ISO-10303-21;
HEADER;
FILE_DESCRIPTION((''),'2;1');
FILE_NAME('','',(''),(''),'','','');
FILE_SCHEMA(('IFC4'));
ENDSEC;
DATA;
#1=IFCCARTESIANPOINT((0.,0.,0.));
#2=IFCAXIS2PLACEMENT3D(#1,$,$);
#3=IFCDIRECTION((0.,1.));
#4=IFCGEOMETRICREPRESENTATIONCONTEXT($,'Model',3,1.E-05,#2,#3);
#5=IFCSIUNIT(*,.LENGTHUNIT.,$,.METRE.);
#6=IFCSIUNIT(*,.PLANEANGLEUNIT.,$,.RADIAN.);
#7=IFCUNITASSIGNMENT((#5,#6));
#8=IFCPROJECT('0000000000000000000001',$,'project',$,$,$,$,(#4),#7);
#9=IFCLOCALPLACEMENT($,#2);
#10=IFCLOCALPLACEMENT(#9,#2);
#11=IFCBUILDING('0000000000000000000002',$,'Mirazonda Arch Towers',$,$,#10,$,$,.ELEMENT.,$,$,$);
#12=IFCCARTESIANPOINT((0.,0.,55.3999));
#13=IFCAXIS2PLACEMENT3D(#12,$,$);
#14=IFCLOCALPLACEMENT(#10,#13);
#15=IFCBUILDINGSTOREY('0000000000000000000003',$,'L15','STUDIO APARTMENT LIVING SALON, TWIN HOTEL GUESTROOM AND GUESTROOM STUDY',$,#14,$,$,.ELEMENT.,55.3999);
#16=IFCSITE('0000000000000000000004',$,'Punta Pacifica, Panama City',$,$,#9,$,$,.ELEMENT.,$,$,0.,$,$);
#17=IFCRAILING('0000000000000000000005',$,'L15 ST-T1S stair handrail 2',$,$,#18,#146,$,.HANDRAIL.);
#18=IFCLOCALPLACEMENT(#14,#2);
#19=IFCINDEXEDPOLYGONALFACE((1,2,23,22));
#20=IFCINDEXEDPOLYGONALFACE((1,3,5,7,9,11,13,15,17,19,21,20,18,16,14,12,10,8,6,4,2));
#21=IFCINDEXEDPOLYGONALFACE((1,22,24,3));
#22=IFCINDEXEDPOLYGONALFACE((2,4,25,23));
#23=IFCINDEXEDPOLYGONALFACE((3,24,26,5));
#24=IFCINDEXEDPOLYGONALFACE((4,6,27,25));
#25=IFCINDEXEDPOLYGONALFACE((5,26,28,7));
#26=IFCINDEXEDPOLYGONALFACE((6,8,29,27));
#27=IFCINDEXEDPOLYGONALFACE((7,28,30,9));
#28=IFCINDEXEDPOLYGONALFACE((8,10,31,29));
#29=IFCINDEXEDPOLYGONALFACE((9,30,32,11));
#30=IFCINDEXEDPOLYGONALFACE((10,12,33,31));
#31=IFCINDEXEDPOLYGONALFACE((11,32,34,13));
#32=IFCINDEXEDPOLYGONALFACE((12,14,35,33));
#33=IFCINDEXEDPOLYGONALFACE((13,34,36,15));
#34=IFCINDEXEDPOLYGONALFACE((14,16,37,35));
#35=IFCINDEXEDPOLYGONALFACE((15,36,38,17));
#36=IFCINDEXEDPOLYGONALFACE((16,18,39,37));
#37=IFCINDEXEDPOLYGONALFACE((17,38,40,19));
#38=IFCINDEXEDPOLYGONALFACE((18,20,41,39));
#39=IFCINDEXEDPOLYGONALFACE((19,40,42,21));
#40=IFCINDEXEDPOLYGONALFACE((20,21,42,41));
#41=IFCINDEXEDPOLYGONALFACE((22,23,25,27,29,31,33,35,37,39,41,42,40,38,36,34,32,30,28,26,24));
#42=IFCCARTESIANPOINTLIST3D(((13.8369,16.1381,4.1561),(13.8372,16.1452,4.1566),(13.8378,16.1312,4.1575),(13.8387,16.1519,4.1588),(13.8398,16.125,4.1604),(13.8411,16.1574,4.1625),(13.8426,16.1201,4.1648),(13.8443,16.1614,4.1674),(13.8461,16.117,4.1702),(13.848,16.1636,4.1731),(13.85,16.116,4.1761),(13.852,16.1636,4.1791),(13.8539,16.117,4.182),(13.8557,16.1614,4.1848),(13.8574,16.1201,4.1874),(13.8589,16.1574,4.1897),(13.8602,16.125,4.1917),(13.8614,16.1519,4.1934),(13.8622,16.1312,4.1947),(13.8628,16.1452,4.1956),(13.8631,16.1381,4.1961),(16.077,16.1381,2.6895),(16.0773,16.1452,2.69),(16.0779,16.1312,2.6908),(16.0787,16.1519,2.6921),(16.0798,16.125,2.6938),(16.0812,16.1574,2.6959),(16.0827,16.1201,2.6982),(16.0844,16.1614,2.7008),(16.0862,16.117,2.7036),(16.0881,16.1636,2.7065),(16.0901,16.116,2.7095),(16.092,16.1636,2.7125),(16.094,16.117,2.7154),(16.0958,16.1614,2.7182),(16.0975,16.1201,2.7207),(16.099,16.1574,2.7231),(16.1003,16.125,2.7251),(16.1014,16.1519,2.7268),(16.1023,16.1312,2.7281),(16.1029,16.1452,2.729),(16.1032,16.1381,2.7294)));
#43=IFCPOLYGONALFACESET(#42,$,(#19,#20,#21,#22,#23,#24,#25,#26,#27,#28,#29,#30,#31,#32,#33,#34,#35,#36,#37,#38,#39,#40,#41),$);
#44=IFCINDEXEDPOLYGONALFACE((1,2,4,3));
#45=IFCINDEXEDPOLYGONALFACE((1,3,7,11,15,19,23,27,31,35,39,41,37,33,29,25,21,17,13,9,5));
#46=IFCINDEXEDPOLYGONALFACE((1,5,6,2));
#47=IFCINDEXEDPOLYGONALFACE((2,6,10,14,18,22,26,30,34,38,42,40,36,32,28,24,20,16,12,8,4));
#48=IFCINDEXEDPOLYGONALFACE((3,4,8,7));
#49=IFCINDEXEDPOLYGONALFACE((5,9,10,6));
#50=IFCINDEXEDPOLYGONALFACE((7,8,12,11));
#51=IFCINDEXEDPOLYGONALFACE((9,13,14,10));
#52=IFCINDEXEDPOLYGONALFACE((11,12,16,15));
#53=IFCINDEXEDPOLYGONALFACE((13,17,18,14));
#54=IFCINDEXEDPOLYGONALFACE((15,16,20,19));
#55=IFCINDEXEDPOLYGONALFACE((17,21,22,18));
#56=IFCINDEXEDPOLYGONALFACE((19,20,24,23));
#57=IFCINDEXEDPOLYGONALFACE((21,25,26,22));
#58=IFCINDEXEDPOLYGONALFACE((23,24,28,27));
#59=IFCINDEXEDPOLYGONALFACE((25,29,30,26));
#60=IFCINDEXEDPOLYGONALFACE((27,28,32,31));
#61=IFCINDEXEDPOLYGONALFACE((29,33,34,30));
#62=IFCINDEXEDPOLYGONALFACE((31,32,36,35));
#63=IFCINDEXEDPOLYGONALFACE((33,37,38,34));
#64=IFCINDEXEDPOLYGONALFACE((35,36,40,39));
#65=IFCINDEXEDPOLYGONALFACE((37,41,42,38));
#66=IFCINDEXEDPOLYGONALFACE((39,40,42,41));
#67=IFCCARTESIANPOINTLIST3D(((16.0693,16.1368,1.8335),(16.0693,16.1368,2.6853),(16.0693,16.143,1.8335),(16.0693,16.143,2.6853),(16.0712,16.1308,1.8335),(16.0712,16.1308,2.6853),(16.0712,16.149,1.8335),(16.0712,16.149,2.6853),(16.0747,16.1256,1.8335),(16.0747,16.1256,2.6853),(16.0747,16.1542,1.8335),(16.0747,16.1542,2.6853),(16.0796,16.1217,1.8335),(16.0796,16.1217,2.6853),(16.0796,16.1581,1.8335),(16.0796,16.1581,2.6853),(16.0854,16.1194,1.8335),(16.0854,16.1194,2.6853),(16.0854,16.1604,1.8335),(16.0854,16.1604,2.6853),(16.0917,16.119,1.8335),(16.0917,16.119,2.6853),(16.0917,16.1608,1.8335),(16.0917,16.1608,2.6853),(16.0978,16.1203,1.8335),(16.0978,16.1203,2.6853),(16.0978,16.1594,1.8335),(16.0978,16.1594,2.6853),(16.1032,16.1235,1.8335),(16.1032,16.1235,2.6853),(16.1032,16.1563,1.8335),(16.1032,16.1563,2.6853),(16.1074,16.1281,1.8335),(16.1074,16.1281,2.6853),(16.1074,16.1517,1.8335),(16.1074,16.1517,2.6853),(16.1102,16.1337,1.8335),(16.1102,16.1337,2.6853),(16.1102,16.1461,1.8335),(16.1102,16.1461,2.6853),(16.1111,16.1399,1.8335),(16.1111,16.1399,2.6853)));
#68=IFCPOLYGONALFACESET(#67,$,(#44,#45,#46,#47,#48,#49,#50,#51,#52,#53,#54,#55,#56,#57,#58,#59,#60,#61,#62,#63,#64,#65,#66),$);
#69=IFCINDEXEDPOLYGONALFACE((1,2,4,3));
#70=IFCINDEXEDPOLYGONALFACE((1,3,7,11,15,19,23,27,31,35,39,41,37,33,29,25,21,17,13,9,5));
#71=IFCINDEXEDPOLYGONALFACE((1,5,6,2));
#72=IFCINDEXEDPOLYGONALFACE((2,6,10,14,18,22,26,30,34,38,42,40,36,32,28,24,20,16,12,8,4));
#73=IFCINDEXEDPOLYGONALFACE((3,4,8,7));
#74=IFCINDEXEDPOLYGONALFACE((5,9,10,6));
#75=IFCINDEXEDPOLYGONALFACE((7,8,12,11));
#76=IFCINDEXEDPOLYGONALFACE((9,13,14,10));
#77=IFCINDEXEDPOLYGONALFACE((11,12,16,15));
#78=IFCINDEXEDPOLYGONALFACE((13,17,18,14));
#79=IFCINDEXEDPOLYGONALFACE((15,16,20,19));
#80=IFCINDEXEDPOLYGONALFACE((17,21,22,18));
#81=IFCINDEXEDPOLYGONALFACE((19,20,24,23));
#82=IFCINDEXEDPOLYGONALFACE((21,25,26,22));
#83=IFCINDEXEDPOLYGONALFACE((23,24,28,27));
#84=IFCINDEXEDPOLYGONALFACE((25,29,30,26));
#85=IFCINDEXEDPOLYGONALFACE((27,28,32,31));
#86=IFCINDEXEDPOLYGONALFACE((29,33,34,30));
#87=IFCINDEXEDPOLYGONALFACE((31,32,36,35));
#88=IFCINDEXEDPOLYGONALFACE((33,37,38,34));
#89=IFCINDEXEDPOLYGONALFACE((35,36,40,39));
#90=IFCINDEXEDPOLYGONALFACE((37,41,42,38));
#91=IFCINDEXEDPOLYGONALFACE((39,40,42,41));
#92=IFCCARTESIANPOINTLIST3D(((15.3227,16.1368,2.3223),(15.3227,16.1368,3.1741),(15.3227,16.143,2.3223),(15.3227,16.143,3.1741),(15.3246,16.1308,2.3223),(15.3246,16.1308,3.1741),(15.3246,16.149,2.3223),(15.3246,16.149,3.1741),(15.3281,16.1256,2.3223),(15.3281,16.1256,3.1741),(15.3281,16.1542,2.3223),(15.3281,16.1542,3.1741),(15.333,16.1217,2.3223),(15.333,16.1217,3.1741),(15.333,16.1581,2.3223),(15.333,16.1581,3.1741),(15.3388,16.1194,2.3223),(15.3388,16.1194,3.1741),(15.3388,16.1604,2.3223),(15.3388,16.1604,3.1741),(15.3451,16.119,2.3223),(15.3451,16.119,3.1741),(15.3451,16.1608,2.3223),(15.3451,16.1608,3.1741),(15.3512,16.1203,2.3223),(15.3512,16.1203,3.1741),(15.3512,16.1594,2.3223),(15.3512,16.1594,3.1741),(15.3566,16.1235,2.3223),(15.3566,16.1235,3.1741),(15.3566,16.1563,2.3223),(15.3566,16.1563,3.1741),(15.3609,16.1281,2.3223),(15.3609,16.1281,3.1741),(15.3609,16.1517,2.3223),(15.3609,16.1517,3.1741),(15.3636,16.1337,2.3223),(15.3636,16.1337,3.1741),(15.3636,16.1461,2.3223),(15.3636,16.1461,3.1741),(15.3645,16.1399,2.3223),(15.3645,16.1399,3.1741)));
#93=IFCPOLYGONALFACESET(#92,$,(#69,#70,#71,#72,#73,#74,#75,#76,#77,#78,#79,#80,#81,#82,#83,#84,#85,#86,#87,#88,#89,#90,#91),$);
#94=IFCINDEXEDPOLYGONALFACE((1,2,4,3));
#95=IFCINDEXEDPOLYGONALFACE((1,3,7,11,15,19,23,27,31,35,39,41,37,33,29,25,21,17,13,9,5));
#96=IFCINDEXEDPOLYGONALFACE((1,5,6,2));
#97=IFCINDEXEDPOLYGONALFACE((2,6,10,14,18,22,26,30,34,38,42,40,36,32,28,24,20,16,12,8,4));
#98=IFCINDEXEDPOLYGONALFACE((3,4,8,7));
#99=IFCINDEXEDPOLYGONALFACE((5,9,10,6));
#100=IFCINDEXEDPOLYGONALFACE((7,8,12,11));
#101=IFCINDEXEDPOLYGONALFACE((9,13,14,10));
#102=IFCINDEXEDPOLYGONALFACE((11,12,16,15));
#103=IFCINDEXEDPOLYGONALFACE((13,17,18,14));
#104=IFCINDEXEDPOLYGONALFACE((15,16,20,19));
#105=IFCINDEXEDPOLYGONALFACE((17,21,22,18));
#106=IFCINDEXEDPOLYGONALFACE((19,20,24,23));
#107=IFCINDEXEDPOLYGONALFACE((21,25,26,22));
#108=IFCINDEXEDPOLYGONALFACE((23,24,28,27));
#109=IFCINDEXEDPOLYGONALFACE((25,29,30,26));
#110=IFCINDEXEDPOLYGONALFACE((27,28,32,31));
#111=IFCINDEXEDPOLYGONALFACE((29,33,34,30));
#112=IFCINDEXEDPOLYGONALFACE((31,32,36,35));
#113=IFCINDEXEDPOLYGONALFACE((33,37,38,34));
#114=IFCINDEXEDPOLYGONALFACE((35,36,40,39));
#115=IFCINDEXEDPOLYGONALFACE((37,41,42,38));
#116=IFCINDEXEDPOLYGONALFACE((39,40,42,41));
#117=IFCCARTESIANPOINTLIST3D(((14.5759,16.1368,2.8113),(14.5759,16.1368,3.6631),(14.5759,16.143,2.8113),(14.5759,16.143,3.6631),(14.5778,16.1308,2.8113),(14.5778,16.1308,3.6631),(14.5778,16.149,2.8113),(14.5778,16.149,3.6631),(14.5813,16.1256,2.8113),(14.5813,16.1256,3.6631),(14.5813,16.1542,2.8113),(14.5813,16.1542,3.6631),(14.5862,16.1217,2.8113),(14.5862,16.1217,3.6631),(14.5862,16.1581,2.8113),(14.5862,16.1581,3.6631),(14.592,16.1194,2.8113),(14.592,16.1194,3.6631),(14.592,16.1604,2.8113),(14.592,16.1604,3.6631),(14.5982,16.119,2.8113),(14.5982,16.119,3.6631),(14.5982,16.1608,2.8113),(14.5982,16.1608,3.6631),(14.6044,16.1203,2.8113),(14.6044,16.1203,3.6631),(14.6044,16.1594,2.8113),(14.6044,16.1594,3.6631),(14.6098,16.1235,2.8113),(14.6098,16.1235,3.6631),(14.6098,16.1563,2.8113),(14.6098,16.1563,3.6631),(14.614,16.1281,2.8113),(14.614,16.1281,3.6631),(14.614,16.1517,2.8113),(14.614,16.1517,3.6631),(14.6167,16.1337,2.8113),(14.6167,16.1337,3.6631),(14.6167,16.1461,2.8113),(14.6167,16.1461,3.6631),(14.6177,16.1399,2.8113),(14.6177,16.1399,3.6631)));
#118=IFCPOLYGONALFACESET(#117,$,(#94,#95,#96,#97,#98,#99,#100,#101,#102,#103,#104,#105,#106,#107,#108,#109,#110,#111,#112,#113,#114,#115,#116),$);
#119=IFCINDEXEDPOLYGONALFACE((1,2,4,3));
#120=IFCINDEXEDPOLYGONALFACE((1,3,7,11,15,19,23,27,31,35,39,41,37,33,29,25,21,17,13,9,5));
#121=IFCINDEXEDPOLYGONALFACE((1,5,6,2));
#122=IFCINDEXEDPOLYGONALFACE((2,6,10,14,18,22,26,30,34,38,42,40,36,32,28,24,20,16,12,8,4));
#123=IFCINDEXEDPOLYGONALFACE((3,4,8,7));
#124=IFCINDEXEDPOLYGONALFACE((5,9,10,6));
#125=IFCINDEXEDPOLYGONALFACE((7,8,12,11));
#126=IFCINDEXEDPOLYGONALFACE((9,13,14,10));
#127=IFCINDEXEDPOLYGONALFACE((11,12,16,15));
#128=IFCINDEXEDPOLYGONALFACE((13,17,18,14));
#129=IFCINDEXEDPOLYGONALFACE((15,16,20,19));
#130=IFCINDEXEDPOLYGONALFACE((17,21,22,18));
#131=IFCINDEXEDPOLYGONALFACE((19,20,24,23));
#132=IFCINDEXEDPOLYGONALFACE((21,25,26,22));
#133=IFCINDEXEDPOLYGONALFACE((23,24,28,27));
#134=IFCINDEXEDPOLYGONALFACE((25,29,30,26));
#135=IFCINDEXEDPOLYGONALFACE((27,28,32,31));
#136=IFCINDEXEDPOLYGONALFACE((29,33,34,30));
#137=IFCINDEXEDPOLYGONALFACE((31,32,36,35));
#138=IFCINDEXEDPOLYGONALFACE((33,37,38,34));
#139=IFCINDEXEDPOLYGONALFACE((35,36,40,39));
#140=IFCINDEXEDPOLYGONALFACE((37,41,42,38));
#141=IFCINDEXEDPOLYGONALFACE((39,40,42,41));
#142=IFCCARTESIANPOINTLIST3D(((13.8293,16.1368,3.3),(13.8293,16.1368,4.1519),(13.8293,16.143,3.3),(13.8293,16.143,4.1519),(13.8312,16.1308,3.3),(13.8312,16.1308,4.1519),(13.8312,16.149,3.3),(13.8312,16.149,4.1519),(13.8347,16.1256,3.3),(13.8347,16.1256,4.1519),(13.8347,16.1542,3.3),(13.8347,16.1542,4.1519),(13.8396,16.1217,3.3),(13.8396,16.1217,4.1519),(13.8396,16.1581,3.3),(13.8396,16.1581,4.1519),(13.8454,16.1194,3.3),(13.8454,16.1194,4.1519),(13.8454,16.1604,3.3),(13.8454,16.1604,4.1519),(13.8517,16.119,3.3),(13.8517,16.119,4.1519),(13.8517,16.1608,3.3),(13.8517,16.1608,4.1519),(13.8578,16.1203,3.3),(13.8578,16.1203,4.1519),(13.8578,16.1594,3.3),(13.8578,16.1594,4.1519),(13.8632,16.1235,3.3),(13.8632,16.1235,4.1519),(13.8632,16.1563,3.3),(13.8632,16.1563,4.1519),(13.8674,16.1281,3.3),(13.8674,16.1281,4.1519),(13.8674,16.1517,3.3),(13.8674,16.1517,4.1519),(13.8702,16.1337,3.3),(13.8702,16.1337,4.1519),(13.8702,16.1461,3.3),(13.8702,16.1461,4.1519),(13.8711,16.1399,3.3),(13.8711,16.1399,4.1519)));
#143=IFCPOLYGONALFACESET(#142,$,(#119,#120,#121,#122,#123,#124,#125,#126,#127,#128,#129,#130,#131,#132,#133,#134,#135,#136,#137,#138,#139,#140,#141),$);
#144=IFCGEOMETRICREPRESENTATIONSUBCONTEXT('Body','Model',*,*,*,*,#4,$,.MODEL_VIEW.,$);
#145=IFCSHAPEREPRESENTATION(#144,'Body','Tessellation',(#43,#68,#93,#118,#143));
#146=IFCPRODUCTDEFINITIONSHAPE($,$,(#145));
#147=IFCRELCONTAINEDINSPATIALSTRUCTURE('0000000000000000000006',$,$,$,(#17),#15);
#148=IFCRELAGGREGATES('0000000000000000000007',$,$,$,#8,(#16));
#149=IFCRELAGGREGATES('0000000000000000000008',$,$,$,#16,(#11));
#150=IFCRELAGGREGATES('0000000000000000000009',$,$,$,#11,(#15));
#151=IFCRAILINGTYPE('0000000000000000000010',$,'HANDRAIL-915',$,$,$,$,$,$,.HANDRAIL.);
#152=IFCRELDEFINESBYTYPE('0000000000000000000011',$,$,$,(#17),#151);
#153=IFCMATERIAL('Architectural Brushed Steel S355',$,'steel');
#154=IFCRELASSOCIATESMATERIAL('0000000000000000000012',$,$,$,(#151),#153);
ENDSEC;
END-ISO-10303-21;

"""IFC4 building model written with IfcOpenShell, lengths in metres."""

from ifc_helpers import new_model, si_unit, direction, frame, origin, origin_2d, place, context, subcontext, project, spatial, circle, extrude, material, type_object, element, save


model = new_model("IFC4")

# Units and contexts
model_context = context("Model", 3, precision=1e-05, world=origin(), true_north=direction((0.0, 1.0)))
body_context = subcontext(model_context, "Body", "Model", "MODEL_VIEW")
ifc_project = project(units=[si_unit("LENGTHUNIT", "METRE"), si_unit("PLANEANGLEUNIT", "RADIAN")], contexts=[model_context])

# Site, building, storey
site_placement = place(None, origin())
site = spatial("IfcSite", under=ifc_project, at=site_placement, Name="Punta Pacifica, Panama City", CompositionType="ELEMENT", RefElevation=0.0)
building_placement = place(site_placement, origin())
building = spatial("IfcBuilding", under=site, at=building_placement, Name="Mirazonda Arch Towers", CompositionType="ELEMENT")
storey_placement = place(building_placement, frame((0.0, 0.0, 55.3999)))
storey = spatial("IfcBuildingStorey", under=building, at=storey_placement, Name="L15", Description="STUDIO APARTMENT LIVING SALON, TWIN HOTEL GUESTROOM AND GUESTROOM STUDY", CompositionType="ELEMENT", Elevation=55.3999)

# Railing
ifc_material_1 = material(Name="Architectural Brushed Steel S355", Category="steel")
railing_type_1 = type_object("IfcRailingType", Name="HANDRAIL-915", PredefinedType="HANDRAIL", material=ifc_material_1)
railing_1_placement = place(storey_placement, frame((16.0901, 16.1399, 1.8335)))
element("IfcRailing", 1, at=railing_1_placement, inside=storey, type_object=railing_type_1, Name="L15 ST-T1S stair handrail 2", PredefinedType="HANDRAIL", context=body_context, shape_type="SweptSolid", body=[
    extrude(circle(Radius=0.0239, at=origin_2d()), frame((0.0, 0.0, 0.876), z_axis=(-0.836637, 0.0, 0.547758), x_axis=(0.0, -1.0, 0.0)), (0.0, 0.0, 1.0), 2.6775),
    extrude(circle(Radius=0.021, at=origin_2d()), origin(), (0.0, 0.0, 1.0), 0.8518),
    extrude(circle(Radius=0.021, at=origin_2d()), frame((-0.7466, 0.0, 0.4888)), (0.0, 0.0, 1.0), 0.8518),
    extrude(circle(Radius=0.021, at=origin_2d()), frame((-1.4934, 0.0, 0.9778)), (0.0, 0.0, 1.0), 0.8518),
    extrude(circle(Radius=0.021, at=origin_2d()), frame((-2.24, 0.0, 1.4666)), (0.0, 0.0, 1.0), 0.8518),
])

save(model, "model.ifc")
